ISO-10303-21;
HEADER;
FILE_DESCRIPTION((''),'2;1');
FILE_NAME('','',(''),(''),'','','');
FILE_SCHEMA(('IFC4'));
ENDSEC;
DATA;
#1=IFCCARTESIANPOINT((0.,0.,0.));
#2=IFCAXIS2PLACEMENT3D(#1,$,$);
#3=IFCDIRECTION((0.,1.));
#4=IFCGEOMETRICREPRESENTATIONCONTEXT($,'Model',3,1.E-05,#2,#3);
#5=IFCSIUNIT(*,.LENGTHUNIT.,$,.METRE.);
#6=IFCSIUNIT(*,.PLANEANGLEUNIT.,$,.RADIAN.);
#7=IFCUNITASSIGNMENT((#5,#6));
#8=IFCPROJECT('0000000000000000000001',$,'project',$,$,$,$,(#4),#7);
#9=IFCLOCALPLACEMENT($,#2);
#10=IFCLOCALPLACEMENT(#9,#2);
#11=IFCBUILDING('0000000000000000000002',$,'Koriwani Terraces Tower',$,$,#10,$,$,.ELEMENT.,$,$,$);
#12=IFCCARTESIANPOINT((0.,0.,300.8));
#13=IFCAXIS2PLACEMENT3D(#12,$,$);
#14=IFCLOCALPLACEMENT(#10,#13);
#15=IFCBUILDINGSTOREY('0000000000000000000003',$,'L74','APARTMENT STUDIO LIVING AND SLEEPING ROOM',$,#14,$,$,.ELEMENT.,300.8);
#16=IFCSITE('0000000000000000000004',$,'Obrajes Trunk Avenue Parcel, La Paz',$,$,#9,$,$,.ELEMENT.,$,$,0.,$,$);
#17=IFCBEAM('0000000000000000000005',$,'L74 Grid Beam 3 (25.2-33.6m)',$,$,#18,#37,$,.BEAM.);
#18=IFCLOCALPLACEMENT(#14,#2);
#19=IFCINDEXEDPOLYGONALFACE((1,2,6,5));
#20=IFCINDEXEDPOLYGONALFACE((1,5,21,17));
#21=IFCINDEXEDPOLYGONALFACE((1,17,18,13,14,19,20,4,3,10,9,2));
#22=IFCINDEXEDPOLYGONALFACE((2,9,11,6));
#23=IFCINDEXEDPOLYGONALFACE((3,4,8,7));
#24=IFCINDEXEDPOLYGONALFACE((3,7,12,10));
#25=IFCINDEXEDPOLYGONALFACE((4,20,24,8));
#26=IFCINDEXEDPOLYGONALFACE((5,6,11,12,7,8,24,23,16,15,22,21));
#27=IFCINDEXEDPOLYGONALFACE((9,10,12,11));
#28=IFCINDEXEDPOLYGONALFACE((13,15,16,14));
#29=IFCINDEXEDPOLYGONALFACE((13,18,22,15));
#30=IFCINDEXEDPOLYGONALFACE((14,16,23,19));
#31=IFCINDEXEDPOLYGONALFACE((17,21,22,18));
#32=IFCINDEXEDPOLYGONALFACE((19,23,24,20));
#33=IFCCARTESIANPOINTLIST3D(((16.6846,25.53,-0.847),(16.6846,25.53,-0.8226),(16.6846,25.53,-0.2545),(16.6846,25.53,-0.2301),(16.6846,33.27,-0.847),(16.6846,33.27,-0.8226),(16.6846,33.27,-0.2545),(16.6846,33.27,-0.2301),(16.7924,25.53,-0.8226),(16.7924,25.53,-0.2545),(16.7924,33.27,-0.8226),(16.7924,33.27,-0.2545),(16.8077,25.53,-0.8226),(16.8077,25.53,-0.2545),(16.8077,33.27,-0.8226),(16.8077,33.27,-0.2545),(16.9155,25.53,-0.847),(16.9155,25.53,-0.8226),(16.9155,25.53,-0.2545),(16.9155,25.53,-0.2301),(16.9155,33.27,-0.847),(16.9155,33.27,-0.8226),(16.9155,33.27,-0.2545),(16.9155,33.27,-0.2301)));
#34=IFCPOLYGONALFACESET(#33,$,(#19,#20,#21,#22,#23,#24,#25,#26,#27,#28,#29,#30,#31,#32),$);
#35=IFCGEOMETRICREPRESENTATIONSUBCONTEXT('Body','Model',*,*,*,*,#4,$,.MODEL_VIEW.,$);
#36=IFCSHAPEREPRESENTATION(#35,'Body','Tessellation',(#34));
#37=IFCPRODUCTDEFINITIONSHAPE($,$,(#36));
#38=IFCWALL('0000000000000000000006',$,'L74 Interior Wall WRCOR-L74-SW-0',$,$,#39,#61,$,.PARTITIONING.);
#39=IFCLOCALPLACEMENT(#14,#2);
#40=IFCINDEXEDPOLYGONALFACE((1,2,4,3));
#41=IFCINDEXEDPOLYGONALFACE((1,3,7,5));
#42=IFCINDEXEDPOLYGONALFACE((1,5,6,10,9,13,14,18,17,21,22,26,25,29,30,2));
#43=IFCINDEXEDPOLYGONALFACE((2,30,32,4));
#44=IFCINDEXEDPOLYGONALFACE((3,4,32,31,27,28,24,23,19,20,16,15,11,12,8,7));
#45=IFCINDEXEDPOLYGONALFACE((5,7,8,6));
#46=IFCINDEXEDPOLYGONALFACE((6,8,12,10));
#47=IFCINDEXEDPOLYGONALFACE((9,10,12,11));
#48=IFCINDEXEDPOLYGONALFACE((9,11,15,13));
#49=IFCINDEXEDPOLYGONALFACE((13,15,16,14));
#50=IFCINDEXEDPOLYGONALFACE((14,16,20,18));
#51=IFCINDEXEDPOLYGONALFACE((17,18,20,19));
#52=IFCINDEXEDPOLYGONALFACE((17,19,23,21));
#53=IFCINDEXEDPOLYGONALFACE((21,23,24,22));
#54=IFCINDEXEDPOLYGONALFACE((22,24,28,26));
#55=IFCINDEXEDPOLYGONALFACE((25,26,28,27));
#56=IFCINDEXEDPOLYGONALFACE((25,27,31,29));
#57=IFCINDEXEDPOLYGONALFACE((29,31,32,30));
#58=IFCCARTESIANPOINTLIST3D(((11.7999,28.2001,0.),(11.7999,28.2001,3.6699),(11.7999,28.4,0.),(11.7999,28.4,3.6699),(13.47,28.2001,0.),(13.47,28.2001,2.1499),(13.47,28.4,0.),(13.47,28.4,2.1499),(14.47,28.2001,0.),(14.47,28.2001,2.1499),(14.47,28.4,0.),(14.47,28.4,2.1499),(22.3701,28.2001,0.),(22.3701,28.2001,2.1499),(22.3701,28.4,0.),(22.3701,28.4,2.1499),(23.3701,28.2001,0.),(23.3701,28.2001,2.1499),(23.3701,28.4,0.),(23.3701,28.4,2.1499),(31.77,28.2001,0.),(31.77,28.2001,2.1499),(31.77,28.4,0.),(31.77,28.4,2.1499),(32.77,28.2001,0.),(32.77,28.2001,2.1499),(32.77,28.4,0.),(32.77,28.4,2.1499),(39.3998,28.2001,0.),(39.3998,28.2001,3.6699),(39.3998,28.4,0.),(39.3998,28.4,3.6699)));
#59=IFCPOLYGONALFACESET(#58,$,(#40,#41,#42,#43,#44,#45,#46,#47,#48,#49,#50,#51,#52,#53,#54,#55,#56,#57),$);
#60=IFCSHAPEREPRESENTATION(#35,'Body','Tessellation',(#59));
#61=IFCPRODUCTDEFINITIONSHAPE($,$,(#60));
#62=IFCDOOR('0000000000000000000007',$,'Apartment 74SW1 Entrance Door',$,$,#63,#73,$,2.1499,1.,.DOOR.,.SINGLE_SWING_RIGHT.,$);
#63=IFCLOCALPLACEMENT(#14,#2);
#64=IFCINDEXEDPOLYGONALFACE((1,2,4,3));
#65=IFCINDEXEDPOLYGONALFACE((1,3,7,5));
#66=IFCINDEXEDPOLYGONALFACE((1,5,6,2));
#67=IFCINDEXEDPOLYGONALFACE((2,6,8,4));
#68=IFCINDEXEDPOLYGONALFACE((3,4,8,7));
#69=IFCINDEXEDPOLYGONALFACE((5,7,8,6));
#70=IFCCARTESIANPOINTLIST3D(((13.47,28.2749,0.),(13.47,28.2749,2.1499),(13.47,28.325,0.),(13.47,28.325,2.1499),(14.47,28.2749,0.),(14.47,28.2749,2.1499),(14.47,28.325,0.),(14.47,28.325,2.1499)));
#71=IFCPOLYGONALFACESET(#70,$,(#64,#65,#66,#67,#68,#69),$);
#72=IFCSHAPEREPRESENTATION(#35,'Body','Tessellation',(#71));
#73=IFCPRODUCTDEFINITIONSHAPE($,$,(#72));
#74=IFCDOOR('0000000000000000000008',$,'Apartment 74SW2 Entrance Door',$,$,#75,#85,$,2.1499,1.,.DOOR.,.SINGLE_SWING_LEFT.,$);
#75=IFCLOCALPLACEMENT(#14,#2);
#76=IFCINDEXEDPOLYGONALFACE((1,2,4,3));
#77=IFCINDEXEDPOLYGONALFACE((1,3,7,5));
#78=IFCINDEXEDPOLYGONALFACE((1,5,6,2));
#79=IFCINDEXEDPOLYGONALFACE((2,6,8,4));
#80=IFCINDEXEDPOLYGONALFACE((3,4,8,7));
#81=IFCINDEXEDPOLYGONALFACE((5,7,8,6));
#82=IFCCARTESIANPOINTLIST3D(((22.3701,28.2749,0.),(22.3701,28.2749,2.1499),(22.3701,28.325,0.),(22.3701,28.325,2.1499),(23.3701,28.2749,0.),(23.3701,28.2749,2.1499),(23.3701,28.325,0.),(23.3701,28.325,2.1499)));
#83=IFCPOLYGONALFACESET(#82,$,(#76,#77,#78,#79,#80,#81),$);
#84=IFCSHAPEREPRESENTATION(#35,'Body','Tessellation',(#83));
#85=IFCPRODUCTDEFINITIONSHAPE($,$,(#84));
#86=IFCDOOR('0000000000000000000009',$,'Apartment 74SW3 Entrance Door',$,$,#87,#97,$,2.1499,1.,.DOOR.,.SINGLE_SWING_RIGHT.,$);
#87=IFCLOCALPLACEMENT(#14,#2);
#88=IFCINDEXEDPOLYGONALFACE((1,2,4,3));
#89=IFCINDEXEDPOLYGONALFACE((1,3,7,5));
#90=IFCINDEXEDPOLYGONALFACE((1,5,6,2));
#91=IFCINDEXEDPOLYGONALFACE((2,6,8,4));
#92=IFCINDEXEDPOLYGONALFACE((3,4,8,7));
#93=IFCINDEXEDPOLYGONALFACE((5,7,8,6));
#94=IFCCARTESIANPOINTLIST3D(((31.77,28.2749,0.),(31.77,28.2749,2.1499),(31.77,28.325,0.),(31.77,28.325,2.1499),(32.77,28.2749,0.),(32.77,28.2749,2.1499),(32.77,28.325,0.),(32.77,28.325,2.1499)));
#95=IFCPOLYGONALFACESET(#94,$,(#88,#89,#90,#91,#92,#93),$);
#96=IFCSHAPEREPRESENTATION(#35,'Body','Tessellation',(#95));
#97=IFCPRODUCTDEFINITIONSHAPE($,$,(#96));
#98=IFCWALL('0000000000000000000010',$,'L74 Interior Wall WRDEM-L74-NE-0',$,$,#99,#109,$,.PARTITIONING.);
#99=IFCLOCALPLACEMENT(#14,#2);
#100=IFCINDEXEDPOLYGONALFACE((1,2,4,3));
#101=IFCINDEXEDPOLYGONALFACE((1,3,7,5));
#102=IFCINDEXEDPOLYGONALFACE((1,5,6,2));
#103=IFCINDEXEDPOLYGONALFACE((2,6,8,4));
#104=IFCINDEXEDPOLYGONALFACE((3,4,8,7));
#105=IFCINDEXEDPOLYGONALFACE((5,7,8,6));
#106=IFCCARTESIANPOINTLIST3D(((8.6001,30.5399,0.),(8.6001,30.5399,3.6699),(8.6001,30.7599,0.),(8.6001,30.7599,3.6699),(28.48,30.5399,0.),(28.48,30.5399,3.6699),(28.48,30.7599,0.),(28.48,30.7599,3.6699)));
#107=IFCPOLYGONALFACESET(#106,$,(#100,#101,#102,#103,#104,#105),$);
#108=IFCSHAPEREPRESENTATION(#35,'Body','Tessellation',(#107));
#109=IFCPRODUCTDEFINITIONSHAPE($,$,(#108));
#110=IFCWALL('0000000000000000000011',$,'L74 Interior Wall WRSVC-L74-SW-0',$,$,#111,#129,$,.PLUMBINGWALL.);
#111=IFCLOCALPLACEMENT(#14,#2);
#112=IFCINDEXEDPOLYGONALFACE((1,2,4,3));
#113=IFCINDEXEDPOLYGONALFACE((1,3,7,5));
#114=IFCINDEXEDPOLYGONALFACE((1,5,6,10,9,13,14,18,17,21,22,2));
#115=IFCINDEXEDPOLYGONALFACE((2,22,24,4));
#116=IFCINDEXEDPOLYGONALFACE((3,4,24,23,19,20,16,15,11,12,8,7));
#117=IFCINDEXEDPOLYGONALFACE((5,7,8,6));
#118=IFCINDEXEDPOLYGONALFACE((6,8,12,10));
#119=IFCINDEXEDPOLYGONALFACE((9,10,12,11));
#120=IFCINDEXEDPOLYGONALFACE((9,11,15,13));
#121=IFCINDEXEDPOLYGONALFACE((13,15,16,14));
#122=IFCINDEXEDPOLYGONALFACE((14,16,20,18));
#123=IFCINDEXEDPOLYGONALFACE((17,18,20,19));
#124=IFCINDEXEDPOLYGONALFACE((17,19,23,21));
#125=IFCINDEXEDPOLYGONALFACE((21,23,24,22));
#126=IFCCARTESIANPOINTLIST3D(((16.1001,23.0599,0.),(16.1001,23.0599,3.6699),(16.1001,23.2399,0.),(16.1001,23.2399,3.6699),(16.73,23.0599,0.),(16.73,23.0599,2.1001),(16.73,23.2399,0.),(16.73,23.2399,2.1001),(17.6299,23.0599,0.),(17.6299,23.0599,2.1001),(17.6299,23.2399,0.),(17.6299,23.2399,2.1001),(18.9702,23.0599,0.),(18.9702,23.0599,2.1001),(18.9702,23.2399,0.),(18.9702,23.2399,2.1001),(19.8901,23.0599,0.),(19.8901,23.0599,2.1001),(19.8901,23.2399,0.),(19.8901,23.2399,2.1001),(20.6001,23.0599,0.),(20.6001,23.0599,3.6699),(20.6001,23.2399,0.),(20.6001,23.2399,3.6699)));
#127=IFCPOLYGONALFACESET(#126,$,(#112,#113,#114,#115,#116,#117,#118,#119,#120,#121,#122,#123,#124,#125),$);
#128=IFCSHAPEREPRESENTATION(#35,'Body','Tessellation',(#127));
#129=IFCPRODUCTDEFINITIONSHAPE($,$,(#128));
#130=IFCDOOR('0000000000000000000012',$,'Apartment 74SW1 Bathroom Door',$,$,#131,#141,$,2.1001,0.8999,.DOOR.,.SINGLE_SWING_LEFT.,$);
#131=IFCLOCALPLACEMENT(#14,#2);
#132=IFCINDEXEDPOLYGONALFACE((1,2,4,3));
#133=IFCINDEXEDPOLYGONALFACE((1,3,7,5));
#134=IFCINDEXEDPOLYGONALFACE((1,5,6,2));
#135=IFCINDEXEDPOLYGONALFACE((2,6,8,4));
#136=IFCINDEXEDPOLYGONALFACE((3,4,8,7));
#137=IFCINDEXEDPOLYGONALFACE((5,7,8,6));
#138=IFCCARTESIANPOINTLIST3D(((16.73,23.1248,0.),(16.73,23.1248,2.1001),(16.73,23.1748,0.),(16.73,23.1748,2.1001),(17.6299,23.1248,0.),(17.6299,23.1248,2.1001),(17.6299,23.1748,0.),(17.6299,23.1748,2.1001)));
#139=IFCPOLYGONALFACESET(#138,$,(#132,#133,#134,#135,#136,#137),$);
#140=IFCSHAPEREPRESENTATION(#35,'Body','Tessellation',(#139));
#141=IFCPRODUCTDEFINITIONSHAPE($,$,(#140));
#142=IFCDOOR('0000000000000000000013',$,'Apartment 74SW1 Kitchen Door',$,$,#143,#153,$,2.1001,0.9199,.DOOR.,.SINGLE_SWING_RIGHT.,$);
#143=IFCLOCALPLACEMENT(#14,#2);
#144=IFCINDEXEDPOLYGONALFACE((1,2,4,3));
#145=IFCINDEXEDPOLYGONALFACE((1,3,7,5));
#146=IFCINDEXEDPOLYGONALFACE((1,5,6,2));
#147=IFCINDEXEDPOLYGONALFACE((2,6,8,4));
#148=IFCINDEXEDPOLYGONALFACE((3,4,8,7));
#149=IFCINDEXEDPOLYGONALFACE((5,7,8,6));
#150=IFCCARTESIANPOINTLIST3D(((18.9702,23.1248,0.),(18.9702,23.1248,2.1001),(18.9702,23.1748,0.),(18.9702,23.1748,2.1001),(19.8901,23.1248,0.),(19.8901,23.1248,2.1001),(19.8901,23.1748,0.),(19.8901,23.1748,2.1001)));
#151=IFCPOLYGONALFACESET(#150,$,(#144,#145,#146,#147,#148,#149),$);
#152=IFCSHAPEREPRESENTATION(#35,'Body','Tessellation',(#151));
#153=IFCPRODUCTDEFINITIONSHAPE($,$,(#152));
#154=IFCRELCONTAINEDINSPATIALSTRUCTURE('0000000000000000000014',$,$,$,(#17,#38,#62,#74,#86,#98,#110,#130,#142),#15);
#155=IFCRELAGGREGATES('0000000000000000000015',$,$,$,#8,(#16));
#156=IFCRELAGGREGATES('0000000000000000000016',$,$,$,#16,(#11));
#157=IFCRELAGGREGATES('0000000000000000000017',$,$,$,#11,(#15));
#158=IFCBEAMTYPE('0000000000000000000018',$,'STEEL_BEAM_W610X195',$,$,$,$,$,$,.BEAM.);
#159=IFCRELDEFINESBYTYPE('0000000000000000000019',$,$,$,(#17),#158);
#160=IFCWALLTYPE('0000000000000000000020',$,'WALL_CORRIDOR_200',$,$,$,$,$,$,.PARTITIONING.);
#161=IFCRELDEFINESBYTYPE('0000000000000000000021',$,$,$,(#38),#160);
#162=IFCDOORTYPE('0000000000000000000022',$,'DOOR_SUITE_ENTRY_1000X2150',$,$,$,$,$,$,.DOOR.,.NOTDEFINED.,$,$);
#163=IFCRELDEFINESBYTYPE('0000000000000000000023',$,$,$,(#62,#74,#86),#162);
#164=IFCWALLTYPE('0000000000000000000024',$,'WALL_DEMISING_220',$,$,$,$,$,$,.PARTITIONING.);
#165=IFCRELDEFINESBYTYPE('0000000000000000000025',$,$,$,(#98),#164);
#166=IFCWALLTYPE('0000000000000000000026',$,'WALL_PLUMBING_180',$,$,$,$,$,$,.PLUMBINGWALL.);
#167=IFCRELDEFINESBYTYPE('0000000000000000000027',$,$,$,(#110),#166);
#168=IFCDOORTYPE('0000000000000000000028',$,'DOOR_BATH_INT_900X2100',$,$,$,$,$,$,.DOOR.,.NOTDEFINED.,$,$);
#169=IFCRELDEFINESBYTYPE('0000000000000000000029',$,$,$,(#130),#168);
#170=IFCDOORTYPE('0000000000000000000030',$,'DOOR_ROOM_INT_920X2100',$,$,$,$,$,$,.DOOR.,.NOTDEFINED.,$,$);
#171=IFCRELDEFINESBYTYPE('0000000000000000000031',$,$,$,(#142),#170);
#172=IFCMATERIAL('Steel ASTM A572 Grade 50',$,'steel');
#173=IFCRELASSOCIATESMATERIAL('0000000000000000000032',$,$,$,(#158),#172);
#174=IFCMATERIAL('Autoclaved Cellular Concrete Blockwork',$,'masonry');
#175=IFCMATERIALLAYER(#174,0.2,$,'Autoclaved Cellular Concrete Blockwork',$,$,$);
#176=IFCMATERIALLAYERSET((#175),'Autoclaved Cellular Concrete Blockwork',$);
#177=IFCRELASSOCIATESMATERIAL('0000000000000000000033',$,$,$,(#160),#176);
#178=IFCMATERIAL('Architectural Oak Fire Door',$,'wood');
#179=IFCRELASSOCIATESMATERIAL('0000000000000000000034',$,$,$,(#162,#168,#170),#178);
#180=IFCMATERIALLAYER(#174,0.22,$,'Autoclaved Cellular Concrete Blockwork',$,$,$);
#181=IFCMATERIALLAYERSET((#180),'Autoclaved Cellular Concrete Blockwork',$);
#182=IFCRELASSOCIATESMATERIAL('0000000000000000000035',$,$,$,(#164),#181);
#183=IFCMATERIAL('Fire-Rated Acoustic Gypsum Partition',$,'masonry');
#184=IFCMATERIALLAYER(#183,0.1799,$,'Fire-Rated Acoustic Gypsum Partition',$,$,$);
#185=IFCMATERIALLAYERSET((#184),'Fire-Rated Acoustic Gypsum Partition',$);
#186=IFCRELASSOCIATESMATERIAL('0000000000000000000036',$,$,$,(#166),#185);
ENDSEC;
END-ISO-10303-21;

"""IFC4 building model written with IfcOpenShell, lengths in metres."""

from ifc_helpers import new_model, si_unit, direction, frame, frame_2d, origin, origin_2d, place, context, subcontext, project, spatial, rectangle, i_section, extrude, material, layer, layer_set, material_profile, profile_set, type_object, element, fill, save


model = new_model("IFC4")

# Units and contexts
model_context = context("Model", 3, precision=1e-05, world=origin(), true_north=direction((0.0, 1.0)))
body_context = subcontext(model_context, "Body", "Model", "MODEL_VIEW")
ifc_project = project(units=[si_unit("LENGTHUNIT", "METRE"), si_unit("PLANEANGLEUNIT", "RADIAN")], contexts=[model_context])

# Site, building, storey
site_placement = place(None, origin())
site = spatial("IfcSite", under=ifc_project, at=site_placement, Name="Obrajes Trunk Avenue Parcel, La Paz", CompositionType="ELEMENT", RefElevation=0.0)
building_placement = place(site_placement, origin())
building = spatial("IfcBuilding", under=site, at=building_placement, Name="Koriwani Terraces Tower", CompositionType="ELEMENT")
storey_placement = place(building_placement, frame((0.0, 0.0, 300.8)))
storey = spatial("IfcBuildingStorey", under=building, at=storey_placement, Name="L74", Description="APARTMENT STUDIO LIVING AND SLEEPING ROOM", CompositionType="ELEMENT", Elevation=300.8)

# Beam
ifc_material_1 = material(Name="Steel ASTM A572 Grade 50", Category="steel")
ifc_material_profile_1 = material_profile(ifc_material_1, i_section(OverallWidth=0.231, OverallDepth=0.6169, WebThickness=0.0154, FlangeThickness=0.0244, at=origin_2d()), Name="Steel ASTM A572 Grade 50", Category="LoadBearing")
ifc_profile_set_1 = profile_set([ifc_material_profile_1], Name="Steel ASTM A572 Grade 50")
beam_type_1 = type_object("IfcBeamType", Name="STEEL_BEAM_W610X195", PredefinedType="BEAM", material=ifc_profile_set_1)
beam_1_placement = place(storey_placement, frame((16.8, 25.53, -0.5386), z_axis=(0.0, 1.0, 0.0), x_axis=(-1.0, 0.0, 0.0)))
element("IfcBeam", 1, at=beam_1_placement, inside=storey, type_object=beam_type_1, Name="L74 Grid Beam 3 (25.2-33.6m)", PredefinedType="BEAM", context=body_context, shape_type="SweptSolid", body=[
    extrude(i_section(OverallWidth=0.231, OverallDepth=0.6169, WebThickness=0.0154, FlangeThickness=0.0244, at=origin_2d()), origin(), (0.0, 0.0, 1.0), 7.74),
])

# Wall, openings, doors
ifc_material_2 = material(Name="Autoclaved Cellular Concrete Blockwork", Category="masonry")
ifc_layer_1 = layer(ifc_material_2, 0.2, Name="Autoclaved Cellular Concrete Blockwork")
ifc_layer_set_1 = layer_set([ifc_layer_1], Name="Autoclaved Cellular Concrete Blockwork")
wall_type_1 = type_object("IfcWallType", Name="WALL_CORRIDOR_200", PredefinedType="PARTITIONING", material=ifc_layer_set_1)
wall_1_placement = place(storey_placement, frame((11.8, 28.3, 0.0), z_axis=(0.0, 0.0, 1.0), x_axis=(1.0, 0.0, 0.0)))
wall_1 = element("IfcWall", 2, at=wall_1_placement, inside=storey, type_object=wall_type_1, Name="L74 Interior Wall WRCOR-L74-SW-0", PredefinedType="PARTITIONING", context=body_context, shape_type="SweptSolid", body=[
    extrude(rectangle(XDim=27.5999, YDim=0.2, at=frame_2d((13.7998, 0.0))), origin(), (0.0, 0.0, 1.0), 3.6699),
])
opening_1_placement = place(wall_1_placement, frame((1.6699, 0.0, 0.0)))
opening_1 = element("IfcOpeningElement", 3, at=opening_1_placement, cuts=wall_1, PredefinedType="OPENING", context=body_context, shape_type="SweptSolid", body=[
    extrude(rectangle(XDim=1.0, YDim=2.1499, at=frame_2d((0.5, 1.075))), frame((0.0, 0.1099, 0.0), z_axis=(0.0, -1.0, 0.0), x_axis=(1.0, 0.0, 0.0)), (0.0, 0.0, 1.0), 0.22),
])
opening_2_placement = place(wall_1_placement, frame((10.5701, 0.0, 0.0)))
opening_2 = element("IfcOpeningElement", 4, at=opening_2_placement, cuts=wall_1, PredefinedType="OPENING", context=body_context, shape_type="SweptSolid", body=[
    extrude(rectangle(XDim=1.0, YDim=2.1499, at=frame_2d((0.5, 1.075))), frame((0.0, 0.1099, 0.0), z_axis=(0.0, -1.0, 0.0), x_axis=(1.0, 0.0, 0.0)), (0.0, 0.0, 1.0), 0.22),
])
opening_3_placement = place(wall_1_placement, frame((19.97, 0.0, 0.0)))
opening_3 = element("IfcOpeningElement", 5, at=opening_3_placement, cuts=wall_1, PredefinedType="OPENING", context=body_context, shape_type="SweptSolid", body=[
    extrude(rectangle(XDim=1.0, YDim=2.1499, at=frame_2d((0.5, 1.075))), frame((0.0, 0.1099, 0.0), z_axis=(0.0, -1.0, 0.0), x_axis=(1.0, 0.0, 0.0)), (0.0, 0.0, 1.0), 0.22),
])
ifc_material_3 = material(Name="Architectural Oak Fire Door", Category="wood")
door_type_1 = type_object("IfcDoorType", Name="DOOR_SUITE_ENTRY_1000X2150", OperationType="NOTDEFINED", PredefinedType="DOOR", material=ifc_material_3)
door_1_placement = place(opening_1_placement, origin())
door_1 = element("IfcDoor", 6, at=door_1_placement, inside=storey, type_object=door_type_1, Name="Apartment 74SW1 Entrance Door", OperationType="SINGLE_SWING_RIGHT", OverallHeight=2.1499, OverallWidth=1.0, PredefinedType="DOOR", context=body_context, shape_type="SweptSolid", body=[
    extrude(rectangle(XDim=1.0, YDim=2.1499, at=frame_2d((0.5, 1.075))), frame((0.0, 0.0249, 0.0), z_axis=(0.0, -1.0, 0.0), x_axis=(1.0, 0.0, 0.0)), (0.0, 0.0, 1.0), 0.05),
])
fill(opening_1, door_1)
door_2_placement = place(opening_2_placement, origin())
door_2 = element("IfcDoor", 7, at=door_2_placement, inside=storey, type_object=door_type_1, Name="Apartment 74SW2 Entrance Door", OperationType="SINGLE_SWING_LEFT", OverallHeight=2.1499, OverallWidth=1.0, PredefinedType="DOOR", context=body_context, shape_type="SweptSolid", body=[
    extrude(rectangle(XDim=1.0, YDim=2.1499, at=frame_2d((0.5, 1.075))), frame((0.0, 0.0249, 0.0), z_axis=(0.0, -1.0, 0.0), x_axis=(1.0, 0.0, 0.0)), (0.0, 0.0, 1.0), 0.05),
])
fill(opening_2, door_2)
door_3_placement = place(opening_3_placement, origin())
door_3 = element("IfcDoor", 8, at=door_3_placement, inside=storey, type_object=door_type_1, Name="Apartment 74SW3 Entrance Door", OperationType="SINGLE_SWING_RIGHT", OverallHeight=2.1499, OverallWidth=1.0, PredefinedType="DOOR", context=body_context, shape_type="SweptSolid", body=[
    extrude(rectangle(XDim=1.0, YDim=2.1499, at=frame_2d((0.5, 1.075))), frame((0.0, 0.0249, 0.0), z_axis=(0.0, -1.0, 0.0), x_axis=(1.0, 0.0, 0.0)), (0.0, 0.0, 1.0), 0.05),
])
fill(opening_3, door_3)

# Wall
ifc_layer_2 = layer(ifc_material_2, 0.22, Name="Autoclaved Cellular Concrete Blockwork")
ifc_layer_set_2 = layer_set([ifc_layer_2], Name="Autoclaved Cellular Concrete Blockwork")
wall_type_2 = type_object("IfcWallType", Name="WALL_DEMISING_220", PredefinedType="PARTITIONING", material=ifc_layer_set_2)
wall_2_placement = place(storey_placement, frame((8.6001, 30.6499, 0.0), z_axis=(0.0, 0.0, 1.0), x_axis=(1.0, 0.0, 0.0)))
element("IfcWall", 9, at=wall_2_placement, inside=storey, type_object=wall_type_2, Name="L74 Interior Wall WRDEM-L74-NE-0", PredefinedType="PARTITIONING", context=body_context, shape_type="SweptSolid", body=[
    extrude(rectangle(XDim=19.8799, YDim=0.22, at=frame_2d((9.9399, 0.0))), origin(), (0.0, 0.0, 1.0), 3.6699),
])

# Wall, openings, doors
ifc_material_4 = material(Name="Fire-Rated Acoustic Gypsum Partition", Category="masonry")
ifc_layer_3 = layer(ifc_material_4, 0.1799, Name="Fire-Rated Acoustic Gypsum Partition")
ifc_layer_set_3 = layer_set([ifc_layer_3], Name="Fire-Rated Acoustic Gypsum Partition")
wall_type_3 = type_object("IfcWallType", Name="WALL_PLUMBING_180", PredefinedType="PLUMBINGWALL", material=ifc_layer_set_3)
wall_3_placement = place(storey_placement, frame((16.1001, 23.1499, 0.0), z_axis=(0.0, 0.0, 1.0), x_axis=(1.0, 0.0, 0.0)))
wall_3 = element("IfcWall", 10, at=wall_3_placement, inside=storey, type_object=wall_type_3, Name="L74 Interior Wall WRSVC-L74-SW-0", PredefinedType="PLUMBINGWALL", context=body_context, shape_type="SweptSolid", body=[
    extrude(rectangle(XDim=4.5, YDim=0.1799, at=frame_2d((2.25, 0.0))), origin(), (0.0, 0.0, 1.0), 3.6699),
])
opening_4_placement = place(wall_3_placement, frame((0.6299, 0.0, 0.0)))
opening_4 = element("IfcOpeningElement", 11, at=opening_4_placement, cuts=wall_3, PredefinedType="OPENING", context=body_context, shape_type="SweptSolid", body=[
    extrude(rectangle(XDim=0.8999, YDim=2.1001, at=frame_2d((0.45, 1.05))), frame((0.0, 0.1001, 0.0), z_axis=(0.0, -1.0, 0.0), x_axis=(1.0, 0.0, 0.0)), (0.0, 0.0, 1.0), 0.2),
])
opening_5_placement = place(wall_3_placement, frame((2.8701, 0.0, 0.0)))
opening_5 = element("IfcOpeningElement", 12, at=opening_5_placement, cuts=wall_3, PredefinedType="OPENING", context=body_context, shape_type="SweptSolid", body=[
    extrude(rectangle(XDim=0.9199, YDim=2.1001, at=frame_2d((0.46, 1.05))), frame((0.0, 0.1001, 0.0), z_axis=(0.0, -1.0, 0.0), x_axis=(1.0, 0.0, 0.0)), (0.0, 0.0, 1.0), 0.2),
])
door_type_2 = type_object("IfcDoorType", Name="DOOR_BATH_INT_900X2100", OperationType="NOTDEFINED", PredefinedType="DOOR", material=ifc_material_3)
door_4_placement = place(opening_4_placement, origin())
door_4 = element("IfcDoor", 13, at=door_4_placement, inside=storey, type_object=door_type_2, Name="Apartment 74SW1 Bathroom Door", OperationType="SINGLE_SWING_LEFT", OverallHeight=2.1001, OverallWidth=0.8999, PredefinedType="DOOR", context=body_context, shape_type="SweptSolid", body=[
    extrude(rectangle(XDim=0.8999, YDim=2.1001, at=frame_2d((0.45, 1.05))), frame((0.0, 0.0249, 0.0), z_axis=(0.0, -1.0, 0.0), x_axis=(1.0, 0.0, 0.0)), (0.0, 0.0, 1.0), 0.05),
])
fill(opening_4, door_4)
door_type_3 = type_object("IfcDoorType", Name="DOOR_ROOM_INT_920X2100", OperationType="NOTDEFINED", PredefinedType="DOOR", material=ifc_material_3)
door_5_placement = place(opening_5_placement, origin())
door_5 = element("IfcDoor", 14, at=door_5_placement, inside=storey, type_object=door_type_3, Name="Apartment 74SW1 Kitchen Door", OperationType="SINGLE_SWING_RIGHT", OverallHeight=2.1001, OverallWidth=0.9199, PredefinedType="DOOR", context=body_context, shape_type="SweptSolid", body=[
    extrude(rectangle(XDim=0.9199, YDim=2.1001, at=frame_2d((0.46, 1.05))), frame((0.0, 0.0249, 0.0), z_axis=(0.0, -1.0, 0.0), x_axis=(1.0, 0.0, 0.0)), (0.0, 0.0, 1.0), 0.05),
])
fill(opening_5, door_5)

save(model, "model.ifc")
